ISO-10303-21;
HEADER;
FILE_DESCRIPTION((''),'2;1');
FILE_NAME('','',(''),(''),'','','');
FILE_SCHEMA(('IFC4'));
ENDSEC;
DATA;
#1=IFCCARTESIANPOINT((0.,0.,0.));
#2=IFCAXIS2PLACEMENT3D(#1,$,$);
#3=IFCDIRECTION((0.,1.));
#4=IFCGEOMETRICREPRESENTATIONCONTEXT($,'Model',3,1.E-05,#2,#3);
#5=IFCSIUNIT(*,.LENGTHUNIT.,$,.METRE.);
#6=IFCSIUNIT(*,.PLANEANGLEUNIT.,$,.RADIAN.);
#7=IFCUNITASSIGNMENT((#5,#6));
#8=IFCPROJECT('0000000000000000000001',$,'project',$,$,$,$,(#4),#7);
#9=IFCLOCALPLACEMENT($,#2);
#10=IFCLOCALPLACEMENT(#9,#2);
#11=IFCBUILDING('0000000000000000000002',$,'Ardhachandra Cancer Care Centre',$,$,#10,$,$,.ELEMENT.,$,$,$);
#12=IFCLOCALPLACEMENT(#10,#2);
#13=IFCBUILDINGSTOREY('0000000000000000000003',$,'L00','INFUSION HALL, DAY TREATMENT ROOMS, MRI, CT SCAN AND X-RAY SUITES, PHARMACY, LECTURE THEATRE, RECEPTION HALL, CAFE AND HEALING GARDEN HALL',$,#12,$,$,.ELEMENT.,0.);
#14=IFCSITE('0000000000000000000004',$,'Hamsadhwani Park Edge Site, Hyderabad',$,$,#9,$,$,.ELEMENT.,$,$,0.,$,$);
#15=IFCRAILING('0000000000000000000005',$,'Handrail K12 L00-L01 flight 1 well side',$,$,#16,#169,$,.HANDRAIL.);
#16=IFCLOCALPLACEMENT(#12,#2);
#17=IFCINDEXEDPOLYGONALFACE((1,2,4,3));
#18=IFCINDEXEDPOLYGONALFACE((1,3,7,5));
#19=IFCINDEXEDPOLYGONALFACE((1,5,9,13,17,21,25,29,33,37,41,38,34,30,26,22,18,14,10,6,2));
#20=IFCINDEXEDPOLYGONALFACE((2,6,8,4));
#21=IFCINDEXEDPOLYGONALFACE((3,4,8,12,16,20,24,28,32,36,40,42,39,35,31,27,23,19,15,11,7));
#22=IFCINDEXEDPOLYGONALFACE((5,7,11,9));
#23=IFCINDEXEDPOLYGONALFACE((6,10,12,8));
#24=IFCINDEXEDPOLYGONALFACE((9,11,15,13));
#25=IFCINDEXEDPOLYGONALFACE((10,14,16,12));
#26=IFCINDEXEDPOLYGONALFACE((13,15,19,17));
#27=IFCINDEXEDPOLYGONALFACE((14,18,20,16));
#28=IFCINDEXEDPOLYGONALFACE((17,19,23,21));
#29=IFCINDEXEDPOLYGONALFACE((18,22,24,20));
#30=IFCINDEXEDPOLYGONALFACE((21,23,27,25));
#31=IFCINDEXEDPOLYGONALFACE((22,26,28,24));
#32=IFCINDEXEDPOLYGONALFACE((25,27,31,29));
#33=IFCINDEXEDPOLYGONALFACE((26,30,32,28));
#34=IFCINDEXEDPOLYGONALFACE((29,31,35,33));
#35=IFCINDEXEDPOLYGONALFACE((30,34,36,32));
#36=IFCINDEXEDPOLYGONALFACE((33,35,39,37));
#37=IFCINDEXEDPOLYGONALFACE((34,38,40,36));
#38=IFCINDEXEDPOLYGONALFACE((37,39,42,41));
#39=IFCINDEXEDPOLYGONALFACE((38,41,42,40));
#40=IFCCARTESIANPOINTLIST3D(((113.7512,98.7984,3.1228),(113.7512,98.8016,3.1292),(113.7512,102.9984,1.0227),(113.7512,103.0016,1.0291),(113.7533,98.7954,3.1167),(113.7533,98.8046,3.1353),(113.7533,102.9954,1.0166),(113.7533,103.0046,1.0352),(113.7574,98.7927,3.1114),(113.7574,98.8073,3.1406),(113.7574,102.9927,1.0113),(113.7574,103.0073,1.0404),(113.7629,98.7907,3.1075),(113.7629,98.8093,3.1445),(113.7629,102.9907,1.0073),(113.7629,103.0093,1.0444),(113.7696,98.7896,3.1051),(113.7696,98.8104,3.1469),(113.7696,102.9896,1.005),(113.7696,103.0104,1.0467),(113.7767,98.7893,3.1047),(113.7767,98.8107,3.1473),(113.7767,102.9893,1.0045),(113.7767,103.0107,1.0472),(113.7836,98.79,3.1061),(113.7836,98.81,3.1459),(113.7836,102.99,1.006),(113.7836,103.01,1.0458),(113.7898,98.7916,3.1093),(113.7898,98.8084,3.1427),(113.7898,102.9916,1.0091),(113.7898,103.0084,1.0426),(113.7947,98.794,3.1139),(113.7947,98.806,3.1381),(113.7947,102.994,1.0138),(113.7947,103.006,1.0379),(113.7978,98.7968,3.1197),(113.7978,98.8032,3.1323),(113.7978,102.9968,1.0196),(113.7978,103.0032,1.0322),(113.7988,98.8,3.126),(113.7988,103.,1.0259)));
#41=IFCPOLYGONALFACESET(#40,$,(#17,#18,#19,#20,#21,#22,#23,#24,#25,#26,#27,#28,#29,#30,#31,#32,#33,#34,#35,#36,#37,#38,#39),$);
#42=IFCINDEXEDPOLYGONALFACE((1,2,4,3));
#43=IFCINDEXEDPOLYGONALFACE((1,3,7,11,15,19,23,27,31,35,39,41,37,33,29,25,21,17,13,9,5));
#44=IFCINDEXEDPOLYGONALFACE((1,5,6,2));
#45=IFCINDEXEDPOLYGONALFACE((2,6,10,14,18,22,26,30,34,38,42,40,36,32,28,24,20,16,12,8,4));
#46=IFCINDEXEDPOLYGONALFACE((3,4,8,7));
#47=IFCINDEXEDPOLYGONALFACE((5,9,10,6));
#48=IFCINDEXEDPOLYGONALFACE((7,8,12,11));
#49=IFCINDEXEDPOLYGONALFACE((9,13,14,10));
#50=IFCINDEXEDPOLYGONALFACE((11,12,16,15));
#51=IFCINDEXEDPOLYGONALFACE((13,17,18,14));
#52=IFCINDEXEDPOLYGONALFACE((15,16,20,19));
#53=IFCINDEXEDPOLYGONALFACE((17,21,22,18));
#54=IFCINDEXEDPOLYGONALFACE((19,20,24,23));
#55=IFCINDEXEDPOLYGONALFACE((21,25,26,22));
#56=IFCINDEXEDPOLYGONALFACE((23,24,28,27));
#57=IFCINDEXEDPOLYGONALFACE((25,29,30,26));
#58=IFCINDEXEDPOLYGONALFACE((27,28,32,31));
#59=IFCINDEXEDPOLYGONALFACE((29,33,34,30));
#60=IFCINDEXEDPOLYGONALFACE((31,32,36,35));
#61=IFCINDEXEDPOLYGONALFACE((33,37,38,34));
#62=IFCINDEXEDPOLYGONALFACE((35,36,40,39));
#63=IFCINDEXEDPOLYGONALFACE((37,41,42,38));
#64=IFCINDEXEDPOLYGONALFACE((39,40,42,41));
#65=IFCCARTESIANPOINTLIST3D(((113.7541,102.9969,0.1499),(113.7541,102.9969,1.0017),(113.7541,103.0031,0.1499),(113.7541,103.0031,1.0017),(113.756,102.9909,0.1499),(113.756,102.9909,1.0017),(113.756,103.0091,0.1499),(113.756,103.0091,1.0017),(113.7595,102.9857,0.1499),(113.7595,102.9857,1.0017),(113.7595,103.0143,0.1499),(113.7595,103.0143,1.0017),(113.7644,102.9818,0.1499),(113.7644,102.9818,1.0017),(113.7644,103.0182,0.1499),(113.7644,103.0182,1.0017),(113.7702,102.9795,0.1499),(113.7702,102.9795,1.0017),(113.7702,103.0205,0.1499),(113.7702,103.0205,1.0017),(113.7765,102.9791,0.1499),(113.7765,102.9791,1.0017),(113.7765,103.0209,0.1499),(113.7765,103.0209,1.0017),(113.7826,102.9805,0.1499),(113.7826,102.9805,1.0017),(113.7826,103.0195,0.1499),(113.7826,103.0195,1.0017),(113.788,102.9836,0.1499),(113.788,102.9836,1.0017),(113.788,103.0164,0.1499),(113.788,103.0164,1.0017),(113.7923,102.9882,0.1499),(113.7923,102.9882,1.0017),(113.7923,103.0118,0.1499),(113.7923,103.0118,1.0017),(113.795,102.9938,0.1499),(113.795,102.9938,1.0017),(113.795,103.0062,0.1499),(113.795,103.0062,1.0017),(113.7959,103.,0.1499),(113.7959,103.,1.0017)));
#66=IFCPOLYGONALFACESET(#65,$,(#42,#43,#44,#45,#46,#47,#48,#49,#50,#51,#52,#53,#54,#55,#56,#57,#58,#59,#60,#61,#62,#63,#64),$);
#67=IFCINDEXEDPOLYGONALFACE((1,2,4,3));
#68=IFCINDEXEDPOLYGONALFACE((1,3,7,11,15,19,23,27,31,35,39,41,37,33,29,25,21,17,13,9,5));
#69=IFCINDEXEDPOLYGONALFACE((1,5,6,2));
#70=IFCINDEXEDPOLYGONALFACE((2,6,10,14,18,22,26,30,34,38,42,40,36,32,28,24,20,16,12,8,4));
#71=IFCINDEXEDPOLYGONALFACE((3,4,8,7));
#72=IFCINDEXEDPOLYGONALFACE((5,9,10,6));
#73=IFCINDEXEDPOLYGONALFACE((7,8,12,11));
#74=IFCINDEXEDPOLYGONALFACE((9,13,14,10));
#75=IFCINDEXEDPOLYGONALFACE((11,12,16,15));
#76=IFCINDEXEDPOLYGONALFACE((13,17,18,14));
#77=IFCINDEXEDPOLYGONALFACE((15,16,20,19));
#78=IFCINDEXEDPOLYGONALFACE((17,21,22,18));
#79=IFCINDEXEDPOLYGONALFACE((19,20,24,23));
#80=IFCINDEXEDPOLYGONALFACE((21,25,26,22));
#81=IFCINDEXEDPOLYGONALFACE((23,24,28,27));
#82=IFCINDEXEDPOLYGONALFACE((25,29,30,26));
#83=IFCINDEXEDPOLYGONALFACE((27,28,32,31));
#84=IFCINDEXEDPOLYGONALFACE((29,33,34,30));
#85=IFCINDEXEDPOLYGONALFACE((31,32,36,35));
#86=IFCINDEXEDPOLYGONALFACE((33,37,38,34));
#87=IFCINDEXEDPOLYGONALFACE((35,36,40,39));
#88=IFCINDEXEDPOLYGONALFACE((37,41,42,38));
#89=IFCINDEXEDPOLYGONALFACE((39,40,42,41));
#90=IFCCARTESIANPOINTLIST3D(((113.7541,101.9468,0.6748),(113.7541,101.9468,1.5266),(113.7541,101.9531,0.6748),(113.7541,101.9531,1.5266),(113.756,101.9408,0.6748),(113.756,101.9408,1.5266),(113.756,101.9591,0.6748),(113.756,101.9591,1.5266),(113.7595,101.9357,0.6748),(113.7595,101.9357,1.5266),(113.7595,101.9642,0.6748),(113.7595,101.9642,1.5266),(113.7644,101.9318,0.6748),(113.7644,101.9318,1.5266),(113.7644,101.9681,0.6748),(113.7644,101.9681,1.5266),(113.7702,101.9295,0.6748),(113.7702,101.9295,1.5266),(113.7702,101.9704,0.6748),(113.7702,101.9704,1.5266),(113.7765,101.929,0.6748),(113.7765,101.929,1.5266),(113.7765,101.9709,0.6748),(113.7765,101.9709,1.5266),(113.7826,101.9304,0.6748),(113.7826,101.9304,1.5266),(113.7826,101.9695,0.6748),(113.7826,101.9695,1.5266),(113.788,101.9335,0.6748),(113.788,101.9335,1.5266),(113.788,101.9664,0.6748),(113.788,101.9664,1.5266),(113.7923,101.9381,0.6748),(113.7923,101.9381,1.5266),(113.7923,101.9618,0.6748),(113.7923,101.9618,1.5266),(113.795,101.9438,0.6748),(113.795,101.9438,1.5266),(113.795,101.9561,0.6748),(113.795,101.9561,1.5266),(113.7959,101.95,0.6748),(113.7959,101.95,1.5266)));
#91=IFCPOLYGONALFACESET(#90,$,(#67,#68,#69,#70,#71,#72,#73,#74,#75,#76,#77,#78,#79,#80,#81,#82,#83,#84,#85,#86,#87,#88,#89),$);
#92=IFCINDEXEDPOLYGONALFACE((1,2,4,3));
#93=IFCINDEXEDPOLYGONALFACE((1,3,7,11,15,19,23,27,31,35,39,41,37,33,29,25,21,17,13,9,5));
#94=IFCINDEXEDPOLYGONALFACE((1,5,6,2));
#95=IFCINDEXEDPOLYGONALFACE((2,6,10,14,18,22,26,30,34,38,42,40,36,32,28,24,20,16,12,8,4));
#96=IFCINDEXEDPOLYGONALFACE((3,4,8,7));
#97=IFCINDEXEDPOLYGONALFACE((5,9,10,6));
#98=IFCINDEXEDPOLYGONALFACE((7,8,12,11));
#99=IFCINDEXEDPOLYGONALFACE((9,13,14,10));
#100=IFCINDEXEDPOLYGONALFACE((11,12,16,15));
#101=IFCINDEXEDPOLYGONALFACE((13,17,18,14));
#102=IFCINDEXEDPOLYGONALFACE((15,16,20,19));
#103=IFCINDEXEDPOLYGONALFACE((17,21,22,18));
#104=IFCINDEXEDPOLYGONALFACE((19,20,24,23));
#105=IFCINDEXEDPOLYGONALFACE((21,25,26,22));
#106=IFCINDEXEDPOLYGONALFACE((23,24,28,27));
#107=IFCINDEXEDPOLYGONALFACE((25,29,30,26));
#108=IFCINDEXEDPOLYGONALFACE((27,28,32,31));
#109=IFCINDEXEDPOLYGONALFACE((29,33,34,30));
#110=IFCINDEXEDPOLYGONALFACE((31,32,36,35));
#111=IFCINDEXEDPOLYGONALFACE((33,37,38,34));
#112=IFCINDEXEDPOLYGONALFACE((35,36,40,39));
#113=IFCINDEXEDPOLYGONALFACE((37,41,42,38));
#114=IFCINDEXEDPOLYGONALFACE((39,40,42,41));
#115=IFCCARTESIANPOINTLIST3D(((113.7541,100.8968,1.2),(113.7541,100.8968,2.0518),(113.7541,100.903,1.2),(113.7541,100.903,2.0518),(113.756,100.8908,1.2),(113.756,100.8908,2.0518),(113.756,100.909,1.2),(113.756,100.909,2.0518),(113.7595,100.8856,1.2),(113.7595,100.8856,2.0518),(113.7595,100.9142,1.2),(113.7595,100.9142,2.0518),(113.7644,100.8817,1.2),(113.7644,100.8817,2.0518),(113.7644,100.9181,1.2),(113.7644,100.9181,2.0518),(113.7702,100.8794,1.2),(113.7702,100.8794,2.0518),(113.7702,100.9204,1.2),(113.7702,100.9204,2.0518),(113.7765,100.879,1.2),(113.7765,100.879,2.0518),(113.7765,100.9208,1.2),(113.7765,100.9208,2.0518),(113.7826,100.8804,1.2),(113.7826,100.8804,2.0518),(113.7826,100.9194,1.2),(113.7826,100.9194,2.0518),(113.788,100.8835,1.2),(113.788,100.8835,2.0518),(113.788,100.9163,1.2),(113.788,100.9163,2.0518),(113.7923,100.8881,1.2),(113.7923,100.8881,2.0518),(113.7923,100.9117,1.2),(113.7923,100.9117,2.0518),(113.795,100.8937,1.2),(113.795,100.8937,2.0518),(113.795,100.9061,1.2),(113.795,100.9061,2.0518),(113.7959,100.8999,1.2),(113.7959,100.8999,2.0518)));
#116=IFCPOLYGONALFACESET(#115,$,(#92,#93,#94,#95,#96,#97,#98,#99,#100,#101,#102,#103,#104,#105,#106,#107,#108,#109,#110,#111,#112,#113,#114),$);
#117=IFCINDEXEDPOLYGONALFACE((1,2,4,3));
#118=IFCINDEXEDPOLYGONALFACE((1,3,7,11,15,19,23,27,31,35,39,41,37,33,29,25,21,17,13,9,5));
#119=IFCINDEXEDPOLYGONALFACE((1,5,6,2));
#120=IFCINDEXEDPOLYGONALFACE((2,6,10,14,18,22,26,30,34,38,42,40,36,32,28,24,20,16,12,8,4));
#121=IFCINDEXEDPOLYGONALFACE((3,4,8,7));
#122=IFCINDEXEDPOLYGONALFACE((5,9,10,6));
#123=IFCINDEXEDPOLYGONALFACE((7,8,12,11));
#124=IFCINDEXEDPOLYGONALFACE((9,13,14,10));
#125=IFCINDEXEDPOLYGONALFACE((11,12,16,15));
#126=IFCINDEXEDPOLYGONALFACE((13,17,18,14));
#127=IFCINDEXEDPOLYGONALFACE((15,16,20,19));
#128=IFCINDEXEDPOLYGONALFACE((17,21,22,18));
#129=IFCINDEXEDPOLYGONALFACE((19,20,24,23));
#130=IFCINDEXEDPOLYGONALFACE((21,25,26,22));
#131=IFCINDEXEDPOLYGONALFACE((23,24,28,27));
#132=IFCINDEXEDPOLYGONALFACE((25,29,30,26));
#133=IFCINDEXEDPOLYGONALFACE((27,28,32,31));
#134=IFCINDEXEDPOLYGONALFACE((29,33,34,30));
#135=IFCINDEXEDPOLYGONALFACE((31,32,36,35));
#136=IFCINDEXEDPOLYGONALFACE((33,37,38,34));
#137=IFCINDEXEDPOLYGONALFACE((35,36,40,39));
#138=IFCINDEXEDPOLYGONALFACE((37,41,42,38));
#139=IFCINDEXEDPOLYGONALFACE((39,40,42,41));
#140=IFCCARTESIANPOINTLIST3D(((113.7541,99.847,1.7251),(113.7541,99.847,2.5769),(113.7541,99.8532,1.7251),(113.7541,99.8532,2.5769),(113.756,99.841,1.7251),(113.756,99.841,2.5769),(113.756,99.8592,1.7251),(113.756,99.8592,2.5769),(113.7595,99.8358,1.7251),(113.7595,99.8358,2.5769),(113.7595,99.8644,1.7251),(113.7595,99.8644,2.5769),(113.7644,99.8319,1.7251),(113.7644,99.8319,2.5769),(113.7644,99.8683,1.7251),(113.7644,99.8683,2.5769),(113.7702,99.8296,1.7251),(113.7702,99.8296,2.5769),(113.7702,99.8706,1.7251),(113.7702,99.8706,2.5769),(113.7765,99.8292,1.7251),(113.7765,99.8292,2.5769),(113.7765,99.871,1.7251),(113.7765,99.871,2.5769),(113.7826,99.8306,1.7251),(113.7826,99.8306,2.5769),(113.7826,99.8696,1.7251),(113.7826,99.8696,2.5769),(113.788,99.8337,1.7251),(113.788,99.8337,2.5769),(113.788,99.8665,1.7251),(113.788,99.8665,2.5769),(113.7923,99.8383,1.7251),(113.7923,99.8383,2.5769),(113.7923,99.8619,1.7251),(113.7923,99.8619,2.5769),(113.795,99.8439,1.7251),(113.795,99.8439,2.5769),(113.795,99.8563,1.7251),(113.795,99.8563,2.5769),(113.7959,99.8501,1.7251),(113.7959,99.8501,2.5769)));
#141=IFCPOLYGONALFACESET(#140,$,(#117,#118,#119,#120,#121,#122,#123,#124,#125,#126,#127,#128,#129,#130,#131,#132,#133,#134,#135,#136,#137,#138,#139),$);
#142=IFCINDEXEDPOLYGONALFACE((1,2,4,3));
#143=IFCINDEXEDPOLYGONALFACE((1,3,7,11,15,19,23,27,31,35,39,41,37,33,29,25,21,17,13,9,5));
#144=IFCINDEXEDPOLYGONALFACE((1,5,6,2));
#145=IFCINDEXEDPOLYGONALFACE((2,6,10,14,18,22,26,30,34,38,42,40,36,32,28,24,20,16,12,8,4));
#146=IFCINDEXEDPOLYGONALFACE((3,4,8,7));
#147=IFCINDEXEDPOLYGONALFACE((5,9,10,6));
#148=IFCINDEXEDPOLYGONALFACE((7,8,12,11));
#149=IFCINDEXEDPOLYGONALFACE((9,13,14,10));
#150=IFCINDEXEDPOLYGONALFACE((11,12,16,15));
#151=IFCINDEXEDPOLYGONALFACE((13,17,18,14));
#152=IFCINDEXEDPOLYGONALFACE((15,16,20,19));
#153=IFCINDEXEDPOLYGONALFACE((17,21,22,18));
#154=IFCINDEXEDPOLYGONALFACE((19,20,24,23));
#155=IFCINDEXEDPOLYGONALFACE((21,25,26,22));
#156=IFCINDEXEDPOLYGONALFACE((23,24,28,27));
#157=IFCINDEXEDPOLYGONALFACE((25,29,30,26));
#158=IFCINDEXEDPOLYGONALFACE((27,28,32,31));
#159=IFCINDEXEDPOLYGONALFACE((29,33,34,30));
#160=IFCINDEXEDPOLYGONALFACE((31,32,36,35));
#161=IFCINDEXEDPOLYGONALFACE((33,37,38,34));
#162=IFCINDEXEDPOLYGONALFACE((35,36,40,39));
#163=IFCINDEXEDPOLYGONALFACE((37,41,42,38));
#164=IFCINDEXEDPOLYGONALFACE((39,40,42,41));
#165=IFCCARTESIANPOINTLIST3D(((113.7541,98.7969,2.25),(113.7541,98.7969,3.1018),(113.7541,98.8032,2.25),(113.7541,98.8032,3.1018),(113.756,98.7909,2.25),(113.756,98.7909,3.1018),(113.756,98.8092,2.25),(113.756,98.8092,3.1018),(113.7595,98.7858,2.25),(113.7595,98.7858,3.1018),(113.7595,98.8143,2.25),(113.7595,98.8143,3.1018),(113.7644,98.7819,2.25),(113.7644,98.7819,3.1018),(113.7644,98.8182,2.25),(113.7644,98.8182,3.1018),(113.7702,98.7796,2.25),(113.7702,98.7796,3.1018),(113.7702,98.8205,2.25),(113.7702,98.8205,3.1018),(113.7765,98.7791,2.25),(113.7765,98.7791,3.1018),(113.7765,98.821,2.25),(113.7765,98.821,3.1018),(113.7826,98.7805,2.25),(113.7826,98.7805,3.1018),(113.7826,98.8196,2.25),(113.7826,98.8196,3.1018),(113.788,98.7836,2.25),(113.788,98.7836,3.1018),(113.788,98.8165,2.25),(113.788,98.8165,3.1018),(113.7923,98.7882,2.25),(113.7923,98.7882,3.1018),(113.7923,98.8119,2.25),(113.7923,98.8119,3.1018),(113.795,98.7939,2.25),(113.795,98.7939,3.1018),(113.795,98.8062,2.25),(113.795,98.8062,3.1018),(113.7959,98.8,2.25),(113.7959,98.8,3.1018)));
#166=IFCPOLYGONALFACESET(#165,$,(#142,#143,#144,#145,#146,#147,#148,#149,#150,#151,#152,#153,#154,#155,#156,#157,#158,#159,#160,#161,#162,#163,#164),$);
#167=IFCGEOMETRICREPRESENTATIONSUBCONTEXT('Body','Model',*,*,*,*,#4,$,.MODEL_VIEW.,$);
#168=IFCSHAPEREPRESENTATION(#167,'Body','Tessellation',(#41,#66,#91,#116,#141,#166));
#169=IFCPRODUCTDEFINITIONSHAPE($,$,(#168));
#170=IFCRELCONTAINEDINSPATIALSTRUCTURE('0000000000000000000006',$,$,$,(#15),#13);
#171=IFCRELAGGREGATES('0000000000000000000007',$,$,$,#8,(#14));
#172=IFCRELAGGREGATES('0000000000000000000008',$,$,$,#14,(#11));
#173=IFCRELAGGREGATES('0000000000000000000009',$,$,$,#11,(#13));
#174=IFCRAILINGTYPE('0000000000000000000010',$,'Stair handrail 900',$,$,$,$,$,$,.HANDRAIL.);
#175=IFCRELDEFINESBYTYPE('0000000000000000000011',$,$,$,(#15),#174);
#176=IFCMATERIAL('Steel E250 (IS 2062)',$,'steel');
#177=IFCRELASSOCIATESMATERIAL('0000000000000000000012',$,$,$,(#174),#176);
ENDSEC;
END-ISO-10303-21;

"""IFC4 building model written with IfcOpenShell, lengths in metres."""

from ifc_helpers import new_model, si_unit, direction, frame, origin, origin_2d, place, context, subcontext, project, spatial, circle, extrude, material, type_object, element, save


model = new_model("IFC4")

# Units and contexts
model_context = context("Model", 3, precision=1e-05, world=origin(), true_north=direction((0.0, 1.0)))
body_context = subcontext(model_context, "Body", "Model", "MODEL_VIEW")
ifc_project = project(units=[si_unit("LENGTHUNIT", "METRE"), si_unit("PLANEANGLEUNIT", "RADIAN")], contexts=[model_context])

# Site, building, storey
site_placement = place(None, origin())
site = spatial("IfcSite", under=ifc_project, at=site_placement, Name="Hamsadhwani Park Edge Site, Hyderabad", CompositionType="ELEMENT", RefElevation=0.0)
building_placement = place(site_placement, origin())
building = spatial("IfcBuilding", under=site, at=building_placement, Name="Ardhachandra Cancer Care Centre", CompositionType="ELEMENT")
storey_placement = place(building_placement, origin())
storey = spatial("IfcBuildingStorey", under=building, at=storey_placement, Name="L00", Description="INFUSION HALL, DAY TREATMENT ROOMS, MRI, CT SCAN AND X-RAY SUITES, PHARMACY, LECTURE THEATRE, RECEPTION HALL, CAFE AND HEALING GARDEN HALL", CompositionType="ELEMENT", Elevation=0.0)

# Railing
ifc_material_1 = material(Name="Steel E250 (IS 2062)", Category="steel")
railing_type_1 = type_object("IfcRailingType", Name="Stair handrail 900", PredefinedType="HANDRAIL", material=ifc_material_1)
for number, where, name in (
    (1, (113.7749, 103.0, 0.1499), "Handrail K12 L00-L01 flight 1 well side"),
):
    element("IfcRailing", number, at=place(storey_placement, frame(where)), inside=storey, type_object=railing_type_1, Name=name, PredefinedType="HANDRAIL", context=body_context, shape_type="SweptSolid", body=[
        extrude(circle(Radius=0.0239, at=origin_2d()), frame((0.0, 0.0, 0.876), z_axis=(0.0, -0.894417, 0.447234), x_axis=(1.0, 0.0, 0.0)), (0.0, 0.0, 1.0), 4.6958),
        extrude(circle(Radius=0.021, at=origin_2d()), origin(), (0.0, 0.0, 1.0), 0.8518),
        extrude(circle(Radius=0.021, at=origin_2d()), frame((0.0, -1.05, 0.5249)), (0.0, 0.0, 1.0), 0.8518),
        extrude(circle(Radius=0.021, at=origin_2d()), frame((0.0, -2.1001, 1.05)), (0.0, 0.0, 1.0), 0.8518),
        extrude(circle(Radius=0.021, at=origin_2d()), frame((0.0, -3.1499, 1.5752)), (0.0, 0.0, 1.0), 0.8518),
        extrude(circle(Radius=0.021, at=origin_2d()), frame((0.0, -4.2, 2.1001)), (0.0, 0.0, 1.0), 0.8518),
    ])

save(model, "model.ifc")
